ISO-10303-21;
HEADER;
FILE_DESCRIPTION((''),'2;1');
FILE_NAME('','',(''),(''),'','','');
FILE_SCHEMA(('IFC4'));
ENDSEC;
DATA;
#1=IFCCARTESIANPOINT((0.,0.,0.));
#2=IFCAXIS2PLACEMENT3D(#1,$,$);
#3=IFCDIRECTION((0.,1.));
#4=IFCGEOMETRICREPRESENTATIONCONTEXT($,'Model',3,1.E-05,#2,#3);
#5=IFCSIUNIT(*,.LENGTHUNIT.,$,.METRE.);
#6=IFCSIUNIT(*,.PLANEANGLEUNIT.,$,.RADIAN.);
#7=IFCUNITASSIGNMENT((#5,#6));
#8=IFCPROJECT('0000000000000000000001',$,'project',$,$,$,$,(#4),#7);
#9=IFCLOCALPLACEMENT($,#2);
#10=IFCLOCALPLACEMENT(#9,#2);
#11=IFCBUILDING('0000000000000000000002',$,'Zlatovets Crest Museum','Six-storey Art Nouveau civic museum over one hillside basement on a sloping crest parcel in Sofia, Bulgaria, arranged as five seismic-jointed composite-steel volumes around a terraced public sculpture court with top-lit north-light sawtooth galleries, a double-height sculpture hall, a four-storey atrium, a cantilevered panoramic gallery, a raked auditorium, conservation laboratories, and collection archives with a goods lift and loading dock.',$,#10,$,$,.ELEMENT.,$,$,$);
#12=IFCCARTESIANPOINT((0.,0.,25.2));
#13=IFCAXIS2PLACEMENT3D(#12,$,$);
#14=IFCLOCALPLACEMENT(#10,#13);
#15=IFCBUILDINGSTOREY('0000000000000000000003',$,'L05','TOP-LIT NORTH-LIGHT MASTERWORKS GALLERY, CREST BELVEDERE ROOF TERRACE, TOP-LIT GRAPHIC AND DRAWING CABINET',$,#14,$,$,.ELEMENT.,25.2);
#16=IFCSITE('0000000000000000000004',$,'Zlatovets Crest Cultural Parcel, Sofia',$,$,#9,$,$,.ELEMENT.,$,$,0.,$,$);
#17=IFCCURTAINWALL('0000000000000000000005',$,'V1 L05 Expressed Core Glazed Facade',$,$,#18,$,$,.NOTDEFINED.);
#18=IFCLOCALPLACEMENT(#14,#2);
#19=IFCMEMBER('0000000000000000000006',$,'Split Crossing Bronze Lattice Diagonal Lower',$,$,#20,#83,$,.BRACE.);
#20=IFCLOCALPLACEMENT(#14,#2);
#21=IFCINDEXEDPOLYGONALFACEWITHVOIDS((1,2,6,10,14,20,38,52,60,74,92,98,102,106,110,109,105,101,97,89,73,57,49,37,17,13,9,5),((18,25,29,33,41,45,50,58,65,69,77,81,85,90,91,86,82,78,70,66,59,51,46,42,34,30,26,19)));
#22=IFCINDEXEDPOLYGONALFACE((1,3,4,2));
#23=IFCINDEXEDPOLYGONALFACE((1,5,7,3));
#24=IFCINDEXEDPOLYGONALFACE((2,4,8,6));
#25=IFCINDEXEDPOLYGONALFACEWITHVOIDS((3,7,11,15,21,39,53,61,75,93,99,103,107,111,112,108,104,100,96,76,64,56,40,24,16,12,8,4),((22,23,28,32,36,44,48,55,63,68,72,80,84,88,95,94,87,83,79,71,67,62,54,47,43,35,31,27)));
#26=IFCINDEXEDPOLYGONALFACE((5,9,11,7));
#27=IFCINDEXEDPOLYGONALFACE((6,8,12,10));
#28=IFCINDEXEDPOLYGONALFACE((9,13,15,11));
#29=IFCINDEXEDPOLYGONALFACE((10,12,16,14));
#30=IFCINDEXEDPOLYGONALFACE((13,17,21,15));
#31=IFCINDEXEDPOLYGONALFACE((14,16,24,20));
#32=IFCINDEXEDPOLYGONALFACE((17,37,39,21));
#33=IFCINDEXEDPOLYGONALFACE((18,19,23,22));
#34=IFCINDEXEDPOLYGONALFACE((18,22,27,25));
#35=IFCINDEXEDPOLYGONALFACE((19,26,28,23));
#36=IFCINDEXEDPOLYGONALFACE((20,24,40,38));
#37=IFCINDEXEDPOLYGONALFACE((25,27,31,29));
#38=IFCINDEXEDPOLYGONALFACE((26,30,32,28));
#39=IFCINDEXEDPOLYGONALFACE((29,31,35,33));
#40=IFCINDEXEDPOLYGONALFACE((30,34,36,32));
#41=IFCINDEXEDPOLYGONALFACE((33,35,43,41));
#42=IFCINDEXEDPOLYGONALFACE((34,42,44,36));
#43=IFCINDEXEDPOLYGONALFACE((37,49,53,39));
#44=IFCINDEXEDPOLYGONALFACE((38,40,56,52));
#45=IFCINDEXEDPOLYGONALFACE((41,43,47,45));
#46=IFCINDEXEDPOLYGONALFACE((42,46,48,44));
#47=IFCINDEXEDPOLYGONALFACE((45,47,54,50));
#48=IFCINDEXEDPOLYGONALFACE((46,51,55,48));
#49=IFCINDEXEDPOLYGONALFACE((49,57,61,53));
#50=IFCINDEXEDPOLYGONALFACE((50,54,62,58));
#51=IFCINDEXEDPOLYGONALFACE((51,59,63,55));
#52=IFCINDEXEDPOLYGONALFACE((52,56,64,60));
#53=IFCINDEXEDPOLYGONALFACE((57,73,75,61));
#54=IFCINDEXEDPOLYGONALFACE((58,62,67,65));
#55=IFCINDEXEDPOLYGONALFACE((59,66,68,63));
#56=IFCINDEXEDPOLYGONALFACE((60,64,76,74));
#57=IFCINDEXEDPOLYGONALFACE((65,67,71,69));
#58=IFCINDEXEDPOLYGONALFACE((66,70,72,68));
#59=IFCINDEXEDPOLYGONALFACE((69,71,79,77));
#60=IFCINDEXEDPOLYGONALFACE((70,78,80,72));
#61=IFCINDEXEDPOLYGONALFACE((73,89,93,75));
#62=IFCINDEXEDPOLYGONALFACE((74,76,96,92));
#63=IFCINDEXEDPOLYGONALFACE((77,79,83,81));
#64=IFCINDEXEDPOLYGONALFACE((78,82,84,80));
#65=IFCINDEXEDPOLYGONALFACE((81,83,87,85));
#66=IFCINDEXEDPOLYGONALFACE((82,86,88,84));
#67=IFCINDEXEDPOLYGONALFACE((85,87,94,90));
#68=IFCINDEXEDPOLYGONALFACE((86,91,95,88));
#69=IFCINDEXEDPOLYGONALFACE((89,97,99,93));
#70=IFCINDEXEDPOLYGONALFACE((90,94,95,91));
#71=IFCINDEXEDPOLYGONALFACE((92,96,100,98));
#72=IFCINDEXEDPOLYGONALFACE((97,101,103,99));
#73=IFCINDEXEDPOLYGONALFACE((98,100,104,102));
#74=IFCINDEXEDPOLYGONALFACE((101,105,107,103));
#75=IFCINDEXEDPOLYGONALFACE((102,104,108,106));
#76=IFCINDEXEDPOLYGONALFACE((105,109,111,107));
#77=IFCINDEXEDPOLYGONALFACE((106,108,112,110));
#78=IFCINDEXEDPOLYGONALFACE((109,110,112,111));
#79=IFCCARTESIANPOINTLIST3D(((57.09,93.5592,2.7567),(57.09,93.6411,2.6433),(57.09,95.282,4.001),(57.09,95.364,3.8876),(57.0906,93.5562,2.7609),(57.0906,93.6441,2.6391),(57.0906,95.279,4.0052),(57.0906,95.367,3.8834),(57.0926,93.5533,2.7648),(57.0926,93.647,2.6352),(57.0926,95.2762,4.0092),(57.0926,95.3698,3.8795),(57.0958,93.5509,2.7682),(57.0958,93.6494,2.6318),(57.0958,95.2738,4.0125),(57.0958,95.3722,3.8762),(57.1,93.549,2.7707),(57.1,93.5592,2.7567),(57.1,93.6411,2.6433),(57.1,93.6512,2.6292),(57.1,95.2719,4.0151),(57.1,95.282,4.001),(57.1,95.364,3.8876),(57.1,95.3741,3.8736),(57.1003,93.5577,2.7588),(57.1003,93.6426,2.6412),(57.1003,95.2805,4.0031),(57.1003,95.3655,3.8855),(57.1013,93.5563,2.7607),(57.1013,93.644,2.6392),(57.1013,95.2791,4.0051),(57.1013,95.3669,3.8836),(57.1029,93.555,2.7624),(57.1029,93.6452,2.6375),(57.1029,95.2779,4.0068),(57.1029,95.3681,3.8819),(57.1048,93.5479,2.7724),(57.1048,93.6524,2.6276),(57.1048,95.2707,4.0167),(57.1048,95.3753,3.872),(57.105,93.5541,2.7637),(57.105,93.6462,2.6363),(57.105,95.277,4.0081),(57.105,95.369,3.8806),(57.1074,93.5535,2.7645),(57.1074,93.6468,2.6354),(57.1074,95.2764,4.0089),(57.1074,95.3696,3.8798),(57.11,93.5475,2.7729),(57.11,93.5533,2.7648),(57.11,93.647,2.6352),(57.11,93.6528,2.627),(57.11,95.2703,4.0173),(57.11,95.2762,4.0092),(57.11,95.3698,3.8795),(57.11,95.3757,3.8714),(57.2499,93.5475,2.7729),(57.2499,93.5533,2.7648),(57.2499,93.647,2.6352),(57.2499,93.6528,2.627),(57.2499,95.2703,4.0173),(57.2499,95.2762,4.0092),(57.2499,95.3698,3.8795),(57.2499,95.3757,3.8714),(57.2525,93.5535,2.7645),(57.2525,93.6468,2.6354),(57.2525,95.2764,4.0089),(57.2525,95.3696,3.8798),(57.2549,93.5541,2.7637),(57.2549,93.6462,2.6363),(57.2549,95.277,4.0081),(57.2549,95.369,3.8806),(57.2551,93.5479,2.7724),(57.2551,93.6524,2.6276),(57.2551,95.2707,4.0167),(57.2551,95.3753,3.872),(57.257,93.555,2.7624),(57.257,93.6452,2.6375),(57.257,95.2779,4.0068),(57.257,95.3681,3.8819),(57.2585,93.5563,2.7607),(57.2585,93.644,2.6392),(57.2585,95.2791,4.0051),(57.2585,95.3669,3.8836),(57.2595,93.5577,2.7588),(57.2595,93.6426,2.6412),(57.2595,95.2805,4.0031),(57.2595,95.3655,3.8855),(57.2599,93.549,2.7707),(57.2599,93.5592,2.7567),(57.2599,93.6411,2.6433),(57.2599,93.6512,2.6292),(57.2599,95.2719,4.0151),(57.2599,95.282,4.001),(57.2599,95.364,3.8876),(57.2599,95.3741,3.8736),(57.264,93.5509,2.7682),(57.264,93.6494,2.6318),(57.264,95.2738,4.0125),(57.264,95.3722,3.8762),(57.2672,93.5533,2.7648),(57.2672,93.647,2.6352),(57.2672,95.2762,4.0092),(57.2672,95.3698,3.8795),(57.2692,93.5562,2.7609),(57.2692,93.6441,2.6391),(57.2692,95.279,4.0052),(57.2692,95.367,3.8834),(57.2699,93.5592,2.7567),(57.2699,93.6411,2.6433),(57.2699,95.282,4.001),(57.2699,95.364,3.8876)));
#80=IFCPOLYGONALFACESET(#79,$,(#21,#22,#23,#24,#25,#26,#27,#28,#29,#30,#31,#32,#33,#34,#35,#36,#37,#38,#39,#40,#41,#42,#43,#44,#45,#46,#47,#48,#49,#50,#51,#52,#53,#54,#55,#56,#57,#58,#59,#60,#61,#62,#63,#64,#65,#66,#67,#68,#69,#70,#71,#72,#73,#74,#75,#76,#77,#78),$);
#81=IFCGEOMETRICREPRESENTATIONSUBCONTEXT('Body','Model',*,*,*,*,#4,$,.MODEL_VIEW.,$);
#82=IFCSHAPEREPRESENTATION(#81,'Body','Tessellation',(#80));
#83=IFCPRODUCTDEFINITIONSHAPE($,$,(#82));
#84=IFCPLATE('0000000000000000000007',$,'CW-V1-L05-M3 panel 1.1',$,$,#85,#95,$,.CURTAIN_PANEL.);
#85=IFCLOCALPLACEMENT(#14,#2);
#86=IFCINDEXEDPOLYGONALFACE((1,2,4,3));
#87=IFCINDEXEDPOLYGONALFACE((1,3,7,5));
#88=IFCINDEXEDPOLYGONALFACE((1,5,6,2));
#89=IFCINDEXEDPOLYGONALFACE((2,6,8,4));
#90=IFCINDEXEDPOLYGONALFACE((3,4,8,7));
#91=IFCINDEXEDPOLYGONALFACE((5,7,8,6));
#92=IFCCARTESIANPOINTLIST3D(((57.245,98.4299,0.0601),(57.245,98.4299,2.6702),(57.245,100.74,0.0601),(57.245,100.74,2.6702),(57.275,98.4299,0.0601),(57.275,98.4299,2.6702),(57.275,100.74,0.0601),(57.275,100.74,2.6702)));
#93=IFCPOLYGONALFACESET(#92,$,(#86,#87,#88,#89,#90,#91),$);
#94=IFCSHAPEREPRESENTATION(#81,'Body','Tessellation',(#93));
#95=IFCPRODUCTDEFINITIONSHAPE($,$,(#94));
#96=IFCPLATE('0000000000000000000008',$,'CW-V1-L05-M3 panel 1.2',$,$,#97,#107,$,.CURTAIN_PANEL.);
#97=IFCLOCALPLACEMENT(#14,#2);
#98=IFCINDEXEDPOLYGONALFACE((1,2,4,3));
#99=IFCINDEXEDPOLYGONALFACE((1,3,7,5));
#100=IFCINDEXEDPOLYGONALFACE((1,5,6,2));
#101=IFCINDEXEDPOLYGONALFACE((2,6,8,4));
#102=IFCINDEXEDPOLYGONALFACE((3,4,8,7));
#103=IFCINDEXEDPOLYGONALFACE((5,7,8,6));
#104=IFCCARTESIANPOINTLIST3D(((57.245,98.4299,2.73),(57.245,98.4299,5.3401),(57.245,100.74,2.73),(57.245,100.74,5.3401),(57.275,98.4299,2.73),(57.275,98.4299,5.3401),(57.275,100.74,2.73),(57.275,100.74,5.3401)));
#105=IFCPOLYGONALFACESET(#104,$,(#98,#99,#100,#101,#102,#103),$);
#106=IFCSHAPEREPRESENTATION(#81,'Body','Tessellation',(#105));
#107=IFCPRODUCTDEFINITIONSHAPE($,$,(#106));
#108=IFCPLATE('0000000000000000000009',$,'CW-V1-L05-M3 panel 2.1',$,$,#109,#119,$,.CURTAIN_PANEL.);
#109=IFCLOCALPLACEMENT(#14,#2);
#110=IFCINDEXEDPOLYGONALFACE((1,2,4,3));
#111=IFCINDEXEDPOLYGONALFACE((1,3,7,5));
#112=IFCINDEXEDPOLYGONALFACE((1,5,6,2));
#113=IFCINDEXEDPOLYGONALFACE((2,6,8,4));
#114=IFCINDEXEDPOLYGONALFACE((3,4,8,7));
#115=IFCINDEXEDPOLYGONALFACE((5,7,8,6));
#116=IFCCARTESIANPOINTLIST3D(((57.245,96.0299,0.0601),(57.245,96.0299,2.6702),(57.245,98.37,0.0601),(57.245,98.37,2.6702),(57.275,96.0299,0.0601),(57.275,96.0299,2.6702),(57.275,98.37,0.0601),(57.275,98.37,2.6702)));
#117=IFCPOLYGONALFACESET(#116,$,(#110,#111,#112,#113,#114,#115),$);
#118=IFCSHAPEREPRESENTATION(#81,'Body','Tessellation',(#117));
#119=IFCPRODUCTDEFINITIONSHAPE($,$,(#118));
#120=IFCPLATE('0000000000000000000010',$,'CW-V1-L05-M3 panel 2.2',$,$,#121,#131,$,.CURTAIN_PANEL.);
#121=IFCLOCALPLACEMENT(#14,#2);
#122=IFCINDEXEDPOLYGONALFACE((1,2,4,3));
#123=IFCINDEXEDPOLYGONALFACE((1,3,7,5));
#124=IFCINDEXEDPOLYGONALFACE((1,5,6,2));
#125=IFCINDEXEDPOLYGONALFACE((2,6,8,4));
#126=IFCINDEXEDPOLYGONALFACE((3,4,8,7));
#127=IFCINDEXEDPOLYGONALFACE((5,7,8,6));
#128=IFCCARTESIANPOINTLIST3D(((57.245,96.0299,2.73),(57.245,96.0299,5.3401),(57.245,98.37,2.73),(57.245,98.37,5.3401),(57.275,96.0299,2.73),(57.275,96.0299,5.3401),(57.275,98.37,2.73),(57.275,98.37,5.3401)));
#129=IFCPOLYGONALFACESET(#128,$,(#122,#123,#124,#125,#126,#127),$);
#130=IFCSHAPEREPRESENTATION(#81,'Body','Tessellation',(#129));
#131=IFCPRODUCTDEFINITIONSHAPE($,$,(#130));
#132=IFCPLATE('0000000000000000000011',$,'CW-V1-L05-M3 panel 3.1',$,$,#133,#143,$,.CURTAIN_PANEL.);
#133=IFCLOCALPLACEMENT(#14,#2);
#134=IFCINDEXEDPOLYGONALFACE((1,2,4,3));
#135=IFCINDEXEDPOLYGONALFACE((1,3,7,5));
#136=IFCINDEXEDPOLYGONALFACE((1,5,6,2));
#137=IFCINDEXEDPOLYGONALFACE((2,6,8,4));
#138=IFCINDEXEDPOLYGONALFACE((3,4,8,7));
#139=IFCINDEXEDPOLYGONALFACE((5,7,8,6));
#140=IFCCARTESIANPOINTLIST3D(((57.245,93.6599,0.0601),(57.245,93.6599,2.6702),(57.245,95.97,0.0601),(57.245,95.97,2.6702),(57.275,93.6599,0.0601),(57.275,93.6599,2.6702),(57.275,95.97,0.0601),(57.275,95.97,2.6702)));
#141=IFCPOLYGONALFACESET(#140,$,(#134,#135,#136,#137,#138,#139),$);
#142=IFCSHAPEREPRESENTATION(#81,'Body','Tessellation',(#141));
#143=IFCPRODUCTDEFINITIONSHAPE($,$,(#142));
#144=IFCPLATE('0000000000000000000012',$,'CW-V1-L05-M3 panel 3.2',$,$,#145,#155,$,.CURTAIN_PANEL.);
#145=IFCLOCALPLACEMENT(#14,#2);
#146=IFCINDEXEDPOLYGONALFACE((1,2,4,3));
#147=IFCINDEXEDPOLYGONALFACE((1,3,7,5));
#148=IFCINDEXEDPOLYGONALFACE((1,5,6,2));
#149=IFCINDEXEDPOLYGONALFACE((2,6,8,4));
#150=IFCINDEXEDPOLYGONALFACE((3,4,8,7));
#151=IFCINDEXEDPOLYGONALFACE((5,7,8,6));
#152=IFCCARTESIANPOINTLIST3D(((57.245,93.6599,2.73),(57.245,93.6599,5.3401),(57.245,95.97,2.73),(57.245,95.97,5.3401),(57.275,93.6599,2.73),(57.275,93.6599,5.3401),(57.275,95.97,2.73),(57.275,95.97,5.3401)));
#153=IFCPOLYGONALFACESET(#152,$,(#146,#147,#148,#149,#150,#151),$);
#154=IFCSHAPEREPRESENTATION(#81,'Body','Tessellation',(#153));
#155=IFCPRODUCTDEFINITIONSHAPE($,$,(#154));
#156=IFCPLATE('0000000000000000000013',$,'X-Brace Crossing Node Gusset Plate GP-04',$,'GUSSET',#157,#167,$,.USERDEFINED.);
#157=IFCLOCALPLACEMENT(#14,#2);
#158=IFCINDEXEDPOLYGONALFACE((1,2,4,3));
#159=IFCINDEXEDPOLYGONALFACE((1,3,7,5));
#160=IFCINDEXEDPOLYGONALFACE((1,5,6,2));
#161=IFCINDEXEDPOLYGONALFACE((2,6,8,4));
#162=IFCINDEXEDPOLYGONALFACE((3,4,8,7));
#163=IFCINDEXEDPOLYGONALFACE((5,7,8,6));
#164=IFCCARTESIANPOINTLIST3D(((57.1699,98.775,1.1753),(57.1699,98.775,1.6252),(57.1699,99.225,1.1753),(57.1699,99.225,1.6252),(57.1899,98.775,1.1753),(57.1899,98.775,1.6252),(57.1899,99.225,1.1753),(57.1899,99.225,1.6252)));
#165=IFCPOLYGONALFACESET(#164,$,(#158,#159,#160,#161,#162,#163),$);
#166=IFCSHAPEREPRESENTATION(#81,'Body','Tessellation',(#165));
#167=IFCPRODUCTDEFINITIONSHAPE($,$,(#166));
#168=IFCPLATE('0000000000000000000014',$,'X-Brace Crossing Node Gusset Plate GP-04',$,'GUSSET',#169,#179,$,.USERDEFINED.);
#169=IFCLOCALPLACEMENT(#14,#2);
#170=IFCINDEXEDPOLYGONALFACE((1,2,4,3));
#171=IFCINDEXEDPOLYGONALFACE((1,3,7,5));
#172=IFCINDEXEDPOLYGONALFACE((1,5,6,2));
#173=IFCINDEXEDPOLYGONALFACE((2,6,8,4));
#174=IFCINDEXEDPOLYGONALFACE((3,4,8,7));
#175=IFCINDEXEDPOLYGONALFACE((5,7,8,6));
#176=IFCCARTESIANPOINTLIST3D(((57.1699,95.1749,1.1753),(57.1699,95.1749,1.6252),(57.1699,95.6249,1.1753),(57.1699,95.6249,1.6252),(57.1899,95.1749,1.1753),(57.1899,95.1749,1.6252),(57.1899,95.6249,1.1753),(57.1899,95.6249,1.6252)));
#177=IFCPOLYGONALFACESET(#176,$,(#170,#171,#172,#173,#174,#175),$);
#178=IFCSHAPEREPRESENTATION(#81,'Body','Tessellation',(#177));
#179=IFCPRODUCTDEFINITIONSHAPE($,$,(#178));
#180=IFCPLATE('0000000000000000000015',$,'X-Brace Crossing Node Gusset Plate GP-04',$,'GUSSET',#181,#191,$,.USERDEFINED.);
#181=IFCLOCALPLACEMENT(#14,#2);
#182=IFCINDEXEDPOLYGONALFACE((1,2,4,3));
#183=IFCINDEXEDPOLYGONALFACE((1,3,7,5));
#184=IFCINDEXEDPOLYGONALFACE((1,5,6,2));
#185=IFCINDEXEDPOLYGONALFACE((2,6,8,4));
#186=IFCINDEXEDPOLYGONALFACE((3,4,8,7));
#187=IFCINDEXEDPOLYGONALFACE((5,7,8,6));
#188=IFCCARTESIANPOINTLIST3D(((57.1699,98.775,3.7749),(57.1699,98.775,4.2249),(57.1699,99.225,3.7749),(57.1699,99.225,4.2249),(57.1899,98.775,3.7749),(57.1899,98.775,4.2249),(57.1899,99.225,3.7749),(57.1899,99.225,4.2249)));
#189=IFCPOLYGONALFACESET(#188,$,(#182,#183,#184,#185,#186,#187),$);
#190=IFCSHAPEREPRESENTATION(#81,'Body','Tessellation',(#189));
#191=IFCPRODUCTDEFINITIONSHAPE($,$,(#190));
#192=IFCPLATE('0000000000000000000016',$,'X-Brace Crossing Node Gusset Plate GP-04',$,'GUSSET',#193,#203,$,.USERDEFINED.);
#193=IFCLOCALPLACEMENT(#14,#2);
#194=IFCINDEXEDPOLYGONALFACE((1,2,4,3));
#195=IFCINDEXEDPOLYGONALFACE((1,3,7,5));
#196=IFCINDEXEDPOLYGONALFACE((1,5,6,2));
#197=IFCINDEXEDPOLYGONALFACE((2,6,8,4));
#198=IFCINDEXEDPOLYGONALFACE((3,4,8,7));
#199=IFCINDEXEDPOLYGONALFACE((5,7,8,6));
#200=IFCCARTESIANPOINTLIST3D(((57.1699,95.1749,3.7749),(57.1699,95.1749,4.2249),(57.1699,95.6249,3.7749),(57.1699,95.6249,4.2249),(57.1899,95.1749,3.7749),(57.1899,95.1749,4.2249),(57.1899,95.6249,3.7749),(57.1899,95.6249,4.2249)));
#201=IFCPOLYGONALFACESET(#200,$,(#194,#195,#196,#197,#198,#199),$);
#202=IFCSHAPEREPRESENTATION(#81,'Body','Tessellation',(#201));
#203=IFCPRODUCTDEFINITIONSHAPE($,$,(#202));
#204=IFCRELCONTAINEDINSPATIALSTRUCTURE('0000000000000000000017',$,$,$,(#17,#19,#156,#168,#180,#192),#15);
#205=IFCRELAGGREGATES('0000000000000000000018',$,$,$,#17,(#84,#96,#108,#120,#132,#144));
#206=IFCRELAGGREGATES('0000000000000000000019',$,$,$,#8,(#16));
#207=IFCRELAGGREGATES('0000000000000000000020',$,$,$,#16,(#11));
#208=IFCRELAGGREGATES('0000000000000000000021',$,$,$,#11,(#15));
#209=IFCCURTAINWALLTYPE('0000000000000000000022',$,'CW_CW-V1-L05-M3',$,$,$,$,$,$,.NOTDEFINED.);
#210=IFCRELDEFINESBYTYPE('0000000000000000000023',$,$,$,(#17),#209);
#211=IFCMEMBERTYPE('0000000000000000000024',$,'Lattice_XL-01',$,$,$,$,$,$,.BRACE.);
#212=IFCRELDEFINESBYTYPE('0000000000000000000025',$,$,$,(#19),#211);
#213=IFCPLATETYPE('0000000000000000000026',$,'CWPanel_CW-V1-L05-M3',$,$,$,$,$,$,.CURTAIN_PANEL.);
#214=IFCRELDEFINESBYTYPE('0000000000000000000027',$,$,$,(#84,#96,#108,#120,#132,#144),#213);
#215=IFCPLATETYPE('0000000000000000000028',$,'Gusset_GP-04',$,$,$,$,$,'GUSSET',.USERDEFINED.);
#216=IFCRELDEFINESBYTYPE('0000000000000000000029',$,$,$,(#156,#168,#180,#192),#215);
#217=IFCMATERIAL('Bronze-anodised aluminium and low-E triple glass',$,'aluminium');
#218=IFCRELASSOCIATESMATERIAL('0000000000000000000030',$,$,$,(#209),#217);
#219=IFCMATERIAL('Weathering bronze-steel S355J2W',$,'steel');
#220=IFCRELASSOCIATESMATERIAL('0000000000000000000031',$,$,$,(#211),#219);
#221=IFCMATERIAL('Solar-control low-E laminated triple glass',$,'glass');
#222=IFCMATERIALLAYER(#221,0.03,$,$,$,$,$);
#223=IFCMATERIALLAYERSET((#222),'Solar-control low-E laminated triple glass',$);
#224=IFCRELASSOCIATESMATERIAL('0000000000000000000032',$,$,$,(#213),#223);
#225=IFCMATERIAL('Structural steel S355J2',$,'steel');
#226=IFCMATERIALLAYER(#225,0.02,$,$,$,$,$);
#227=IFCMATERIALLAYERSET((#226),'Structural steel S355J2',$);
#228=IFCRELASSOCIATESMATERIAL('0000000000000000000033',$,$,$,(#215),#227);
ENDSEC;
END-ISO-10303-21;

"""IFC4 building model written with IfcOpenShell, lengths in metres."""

from ifc_helpers import new_model, si_unit, direction, frame, origin, origin_2d, place, context, subcontext, project, spatial, rectangle, hollow_rectangle, extrude, material, layer, layer_set, material_profile, profile_set, type_object, element, aggregate, save


model = new_model("IFC4")

# Units and contexts
model_context = context("Model", 3, precision=1e-05, world=origin(), true_north=direction((0.0, 1.0)))
body_context = subcontext(model_context, "Body", "Model", "MODEL_VIEW")
ifc_project = project(units=[si_unit("LENGTHUNIT", "METRE"), si_unit("PLANEANGLEUNIT", "RADIAN")], contexts=[model_context])

# Site, building, storey
site_placement = place(None, origin())
site = spatial("IfcSite", under=ifc_project, at=site_placement, Name="Zlatovets Crest Cultural Parcel, Sofia", CompositionType="ELEMENT", RefElevation=0.0)
building_placement = place(site_placement, origin())
building = spatial("IfcBuilding", under=site, at=building_placement, Name="Zlatovets Crest Museum", Description="Six-storey Art Nouveau civic museum over one hillside basement on a sloping crest parcel in Sofia, Bulgaria, arranged as five seismic-jointed composite-steel volumes around a terraced public sculpture court with top-lit north-light sawtooth galleries, a double-height sculpture hall, a four-storey atrium, a cantilevered panoramic gallery, a raked auditorium, conservation laboratories, and collection archives with a goods lift and loading dock.", CompositionType="ELEMENT")
storey_placement = place(building_placement, frame((0.0, 0.0, 25.2)))
storey = spatial("IfcBuildingStorey", under=building, at=storey_placement, Name="L05", Description="TOP-LIT NORTH-LIGHT MASTERWORKS GALLERY, CREST BELVEDERE ROOF TERRACE, TOP-LIT GRAPHIC AND DRAWING CABINET", CompositionType="ELEMENT", Elevation=25.2)

# Curtain wall
ifc_material_1 = material(Name="Bronze-anodised aluminium and low-E triple glass", Category="aluminium")
curtain_wall_type = type_object("IfcCurtainWallType", Name="CW_CW-V1-L05-M3", PredefinedType="NOTDEFINED", material=ifc_material_1)
curtain_wall_placement = place(storey_placement, origin())
curtain_wall = element("IfcCurtainWall", 1, at=curtain_wall_placement, inside=storey, type_object=curtain_wall_type, Name="V1 L05 Expressed Core Glazed Facade", PredefinedType="NOTDEFINED")

# Member
ifc_material_2 = material(Name="Weathering bronze-steel S355J2W", Category="steel")
ifc_material_profile_1 = material_profile(ifc_material_2, hollow_rectangle(XDim=0.1799, YDim=0.1799, WallThickness=0.01, InnerFilletRadius=0.01, OuterFilletRadius=0.02, at=origin_2d()), Name="SHS 180x180x10.0")
ifc_profile_set_1 = profile_set([ifc_material_profile_1], Name="Weathering bronze-steel S355J2W")
member_type_1 = type_object("IfcMemberType", Name="Lattice_XL-01", PredefinedType="BRACE", material=ifc_profile_set_1)
for number, where, z_axis, x_axis, name in (
    (2, (57.1799, 95.323, 3.9443), (0.0, -0.810664, -0.585512), (1.0, 0.0, 0.0), "Split Crossing Bronze Lattice Diagonal Lower"),
):
    element("IfcMember", number, at=place(storey_placement, frame(where, z_axis=z_axis, x_axis=x_axis)), inside=storey, type_object=member_type_1, Name=name, PredefinedType="BRACE", context=body_context, shape_type="SweptSolid", body=[
        extrude(hollow_rectangle(XDim=0.1799, YDim=0.1799, WallThickness=0.01, InnerFilletRadius=0.01, OuterFilletRadius=0.02, at=origin_2d()), origin(), (0.0, 0.0, 1.0), 2.1252),
    ])

# Plates
ifc_material_3 = material(Name="Solar-control low-E laminated triple glass", Category="glass")
ifc_layer_1 = layer(ifc_material_3, 0.03)
ifc_layer_set_1 = layer_set([ifc_layer_1], Name="Solar-control low-E laminated triple glass")
plate_type_1 = type_object("IfcPlateType", Name="CWPanel_CW-V1-L05-M3", PredefinedType="CURTAIN_PANEL", material=ifc_layer_set_1)
plate_1_placement = place(storey_placement, frame((57.26, 99.585, 0.0601), z_axis=(0.0, 0.0, 1.0), x_axis=(0.0, -1.0, 0.0)))
plate_1 = element("IfcPlate", 3, at=plate_1_placement, type_object=plate_type_1, Name="CW-V1-L05-M3 panel 1.1", PredefinedType="CURTAIN_PANEL", context=body_context, shape_type="SweptSolid", body=[
    extrude(rectangle(XDim=2.3101, YDim=0.03, at=origin_2d()), origin(), (0.0, 0.0, 1.0), 2.6101),
])
plate_2_placement = place(storey_placement, frame((57.26, 99.585, 2.73), z_axis=(0.0, 0.0, 1.0), x_axis=(0.0, -1.0, 0.0)))
plate_2 = element("IfcPlate", 4, at=plate_2_placement, type_object=plate_type_1, Name="CW-V1-L05-M3 panel 1.2", PredefinedType="CURTAIN_PANEL", context=body_context, shape_type="SweptSolid", body=[
    extrude(rectangle(XDim=2.3101, YDim=0.03, at=origin_2d()), origin(), (0.0, 0.0, 1.0), 2.6101),
])
plate_3_placement = place(storey_placement, frame((57.26, 97.2, 0.0601), z_axis=(0.0, 0.0, 1.0), x_axis=(0.0, -1.0, 0.0)))
plate_3 = element("IfcPlate", 5, at=plate_3_placement, type_object=plate_type_1, Name="CW-V1-L05-M3 panel 2.1", PredefinedType="CURTAIN_PANEL", context=body_context, shape_type="SweptSolid", body=[
    extrude(rectangle(XDim=2.3401, YDim=0.03, at=origin_2d()), origin(), (0.0, 0.0, 1.0), 2.6101),
])
plate_4_placement = place(storey_placement, frame((57.26, 97.2, 2.73), z_axis=(0.0, 0.0, 1.0), x_axis=(0.0, -1.0, 0.0)))
plate_4 = element("IfcPlate", 6, at=plate_4_placement, type_object=plate_type_1, Name="CW-V1-L05-M3 panel 2.2", PredefinedType="CURTAIN_PANEL", context=body_context, shape_type="SweptSolid", body=[
    extrude(rectangle(XDim=2.3401, YDim=0.03, at=origin_2d()), origin(), (0.0, 0.0, 1.0), 2.6101),
])
plate_5_placement = place(storey_placement, frame((57.26, 94.8149, 0.0601), z_axis=(0.0, 0.0, 1.0), x_axis=(0.0, -1.0, 0.0)))
plate_5 = element("IfcPlate", 7, at=plate_5_placement, type_object=plate_type_1, Name="CW-V1-L05-M3 panel 3.1", PredefinedType="CURTAIN_PANEL", context=body_context, shape_type="SweptSolid", body=[
    extrude(rectangle(XDim=2.3101, YDim=0.03, at=origin_2d()), origin(), (0.0, 0.0, 1.0), 2.6101),
])
plate_6_placement = place(storey_placement, frame((57.26, 94.8149, 2.73), z_axis=(0.0, 0.0, 1.0), x_axis=(0.0, -1.0, 0.0)))
plate_6 = element("IfcPlate", 8, at=plate_6_placement, type_object=plate_type_1, Name="CW-V1-L05-M3 panel 3.2", PredefinedType="CURTAIN_PANEL", context=body_context, shape_type="SweptSolid", body=[
    extrude(rectangle(XDim=2.3101, YDim=0.03, at=origin_2d()), origin(), (0.0, 0.0, 1.0), 2.6101),
])
aggregate(curtain_wall, [plate_1, plate_2, plate_3, plate_4, plate_5, plate_6])

# Plates
ifc_material_4 = material(Name="Structural steel S355J2", Category="steel")
ifc_layer_2 = layer(ifc_material_4, 0.02)
ifc_layer_set_2 = layer_set([ifc_layer_2], Name="Structural steel S355J2")
plate_type_2 = type_object("IfcPlateType", Name="Gusset_GP-04", ElementType="GUSSET", PredefinedType="USERDEFINED", material=ifc_layer_set_2)
for number, where, z_axis, x_axis, name in (
    (9, (57.1799, 99.0, 1.1753), (0.0, 0.0, 1.0), (1.0, 0.0, 0.0), "X-Brace Crossing Node Gusset Plate GP-04"),
    (10, (57.1799, 95.3999, 1.1753), (0.0, 0.0, 1.0), (1.0, 0.0, 0.0), "X-Brace Crossing Node Gusset Plate GP-04"),
    (11, (57.1799, 99.0, 3.7749), (0.0, 0.0, 1.0), (1.0, 0.0, 0.0), "X-Brace Crossing Node Gusset Plate GP-04"),
    (12, (57.1799, 95.3999, 3.7749), (0.0, 0.0, 1.0), (1.0, 0.0, 0.0), "X-Brace Crossing Node Gusset Plate GP-04"),
):
    element("IfcPlate", number, at=place(storey_placement, frame(where, z_axis=z_axis, x_axis=x_axis)), inside=storey, type_object=plate_type_2, Name=name, ObjectType="GUSSET", PredefinedType="USERDEFINED", context=body_context, shape_type="SweptSolid", body=[
        extrude(rectangle(XDim=0.02, YDim=0.45, at=origin_2d()), origin(), (0.0, 0.0, 1.0), 0.45),
    ])

save(model, "model.ifc")
